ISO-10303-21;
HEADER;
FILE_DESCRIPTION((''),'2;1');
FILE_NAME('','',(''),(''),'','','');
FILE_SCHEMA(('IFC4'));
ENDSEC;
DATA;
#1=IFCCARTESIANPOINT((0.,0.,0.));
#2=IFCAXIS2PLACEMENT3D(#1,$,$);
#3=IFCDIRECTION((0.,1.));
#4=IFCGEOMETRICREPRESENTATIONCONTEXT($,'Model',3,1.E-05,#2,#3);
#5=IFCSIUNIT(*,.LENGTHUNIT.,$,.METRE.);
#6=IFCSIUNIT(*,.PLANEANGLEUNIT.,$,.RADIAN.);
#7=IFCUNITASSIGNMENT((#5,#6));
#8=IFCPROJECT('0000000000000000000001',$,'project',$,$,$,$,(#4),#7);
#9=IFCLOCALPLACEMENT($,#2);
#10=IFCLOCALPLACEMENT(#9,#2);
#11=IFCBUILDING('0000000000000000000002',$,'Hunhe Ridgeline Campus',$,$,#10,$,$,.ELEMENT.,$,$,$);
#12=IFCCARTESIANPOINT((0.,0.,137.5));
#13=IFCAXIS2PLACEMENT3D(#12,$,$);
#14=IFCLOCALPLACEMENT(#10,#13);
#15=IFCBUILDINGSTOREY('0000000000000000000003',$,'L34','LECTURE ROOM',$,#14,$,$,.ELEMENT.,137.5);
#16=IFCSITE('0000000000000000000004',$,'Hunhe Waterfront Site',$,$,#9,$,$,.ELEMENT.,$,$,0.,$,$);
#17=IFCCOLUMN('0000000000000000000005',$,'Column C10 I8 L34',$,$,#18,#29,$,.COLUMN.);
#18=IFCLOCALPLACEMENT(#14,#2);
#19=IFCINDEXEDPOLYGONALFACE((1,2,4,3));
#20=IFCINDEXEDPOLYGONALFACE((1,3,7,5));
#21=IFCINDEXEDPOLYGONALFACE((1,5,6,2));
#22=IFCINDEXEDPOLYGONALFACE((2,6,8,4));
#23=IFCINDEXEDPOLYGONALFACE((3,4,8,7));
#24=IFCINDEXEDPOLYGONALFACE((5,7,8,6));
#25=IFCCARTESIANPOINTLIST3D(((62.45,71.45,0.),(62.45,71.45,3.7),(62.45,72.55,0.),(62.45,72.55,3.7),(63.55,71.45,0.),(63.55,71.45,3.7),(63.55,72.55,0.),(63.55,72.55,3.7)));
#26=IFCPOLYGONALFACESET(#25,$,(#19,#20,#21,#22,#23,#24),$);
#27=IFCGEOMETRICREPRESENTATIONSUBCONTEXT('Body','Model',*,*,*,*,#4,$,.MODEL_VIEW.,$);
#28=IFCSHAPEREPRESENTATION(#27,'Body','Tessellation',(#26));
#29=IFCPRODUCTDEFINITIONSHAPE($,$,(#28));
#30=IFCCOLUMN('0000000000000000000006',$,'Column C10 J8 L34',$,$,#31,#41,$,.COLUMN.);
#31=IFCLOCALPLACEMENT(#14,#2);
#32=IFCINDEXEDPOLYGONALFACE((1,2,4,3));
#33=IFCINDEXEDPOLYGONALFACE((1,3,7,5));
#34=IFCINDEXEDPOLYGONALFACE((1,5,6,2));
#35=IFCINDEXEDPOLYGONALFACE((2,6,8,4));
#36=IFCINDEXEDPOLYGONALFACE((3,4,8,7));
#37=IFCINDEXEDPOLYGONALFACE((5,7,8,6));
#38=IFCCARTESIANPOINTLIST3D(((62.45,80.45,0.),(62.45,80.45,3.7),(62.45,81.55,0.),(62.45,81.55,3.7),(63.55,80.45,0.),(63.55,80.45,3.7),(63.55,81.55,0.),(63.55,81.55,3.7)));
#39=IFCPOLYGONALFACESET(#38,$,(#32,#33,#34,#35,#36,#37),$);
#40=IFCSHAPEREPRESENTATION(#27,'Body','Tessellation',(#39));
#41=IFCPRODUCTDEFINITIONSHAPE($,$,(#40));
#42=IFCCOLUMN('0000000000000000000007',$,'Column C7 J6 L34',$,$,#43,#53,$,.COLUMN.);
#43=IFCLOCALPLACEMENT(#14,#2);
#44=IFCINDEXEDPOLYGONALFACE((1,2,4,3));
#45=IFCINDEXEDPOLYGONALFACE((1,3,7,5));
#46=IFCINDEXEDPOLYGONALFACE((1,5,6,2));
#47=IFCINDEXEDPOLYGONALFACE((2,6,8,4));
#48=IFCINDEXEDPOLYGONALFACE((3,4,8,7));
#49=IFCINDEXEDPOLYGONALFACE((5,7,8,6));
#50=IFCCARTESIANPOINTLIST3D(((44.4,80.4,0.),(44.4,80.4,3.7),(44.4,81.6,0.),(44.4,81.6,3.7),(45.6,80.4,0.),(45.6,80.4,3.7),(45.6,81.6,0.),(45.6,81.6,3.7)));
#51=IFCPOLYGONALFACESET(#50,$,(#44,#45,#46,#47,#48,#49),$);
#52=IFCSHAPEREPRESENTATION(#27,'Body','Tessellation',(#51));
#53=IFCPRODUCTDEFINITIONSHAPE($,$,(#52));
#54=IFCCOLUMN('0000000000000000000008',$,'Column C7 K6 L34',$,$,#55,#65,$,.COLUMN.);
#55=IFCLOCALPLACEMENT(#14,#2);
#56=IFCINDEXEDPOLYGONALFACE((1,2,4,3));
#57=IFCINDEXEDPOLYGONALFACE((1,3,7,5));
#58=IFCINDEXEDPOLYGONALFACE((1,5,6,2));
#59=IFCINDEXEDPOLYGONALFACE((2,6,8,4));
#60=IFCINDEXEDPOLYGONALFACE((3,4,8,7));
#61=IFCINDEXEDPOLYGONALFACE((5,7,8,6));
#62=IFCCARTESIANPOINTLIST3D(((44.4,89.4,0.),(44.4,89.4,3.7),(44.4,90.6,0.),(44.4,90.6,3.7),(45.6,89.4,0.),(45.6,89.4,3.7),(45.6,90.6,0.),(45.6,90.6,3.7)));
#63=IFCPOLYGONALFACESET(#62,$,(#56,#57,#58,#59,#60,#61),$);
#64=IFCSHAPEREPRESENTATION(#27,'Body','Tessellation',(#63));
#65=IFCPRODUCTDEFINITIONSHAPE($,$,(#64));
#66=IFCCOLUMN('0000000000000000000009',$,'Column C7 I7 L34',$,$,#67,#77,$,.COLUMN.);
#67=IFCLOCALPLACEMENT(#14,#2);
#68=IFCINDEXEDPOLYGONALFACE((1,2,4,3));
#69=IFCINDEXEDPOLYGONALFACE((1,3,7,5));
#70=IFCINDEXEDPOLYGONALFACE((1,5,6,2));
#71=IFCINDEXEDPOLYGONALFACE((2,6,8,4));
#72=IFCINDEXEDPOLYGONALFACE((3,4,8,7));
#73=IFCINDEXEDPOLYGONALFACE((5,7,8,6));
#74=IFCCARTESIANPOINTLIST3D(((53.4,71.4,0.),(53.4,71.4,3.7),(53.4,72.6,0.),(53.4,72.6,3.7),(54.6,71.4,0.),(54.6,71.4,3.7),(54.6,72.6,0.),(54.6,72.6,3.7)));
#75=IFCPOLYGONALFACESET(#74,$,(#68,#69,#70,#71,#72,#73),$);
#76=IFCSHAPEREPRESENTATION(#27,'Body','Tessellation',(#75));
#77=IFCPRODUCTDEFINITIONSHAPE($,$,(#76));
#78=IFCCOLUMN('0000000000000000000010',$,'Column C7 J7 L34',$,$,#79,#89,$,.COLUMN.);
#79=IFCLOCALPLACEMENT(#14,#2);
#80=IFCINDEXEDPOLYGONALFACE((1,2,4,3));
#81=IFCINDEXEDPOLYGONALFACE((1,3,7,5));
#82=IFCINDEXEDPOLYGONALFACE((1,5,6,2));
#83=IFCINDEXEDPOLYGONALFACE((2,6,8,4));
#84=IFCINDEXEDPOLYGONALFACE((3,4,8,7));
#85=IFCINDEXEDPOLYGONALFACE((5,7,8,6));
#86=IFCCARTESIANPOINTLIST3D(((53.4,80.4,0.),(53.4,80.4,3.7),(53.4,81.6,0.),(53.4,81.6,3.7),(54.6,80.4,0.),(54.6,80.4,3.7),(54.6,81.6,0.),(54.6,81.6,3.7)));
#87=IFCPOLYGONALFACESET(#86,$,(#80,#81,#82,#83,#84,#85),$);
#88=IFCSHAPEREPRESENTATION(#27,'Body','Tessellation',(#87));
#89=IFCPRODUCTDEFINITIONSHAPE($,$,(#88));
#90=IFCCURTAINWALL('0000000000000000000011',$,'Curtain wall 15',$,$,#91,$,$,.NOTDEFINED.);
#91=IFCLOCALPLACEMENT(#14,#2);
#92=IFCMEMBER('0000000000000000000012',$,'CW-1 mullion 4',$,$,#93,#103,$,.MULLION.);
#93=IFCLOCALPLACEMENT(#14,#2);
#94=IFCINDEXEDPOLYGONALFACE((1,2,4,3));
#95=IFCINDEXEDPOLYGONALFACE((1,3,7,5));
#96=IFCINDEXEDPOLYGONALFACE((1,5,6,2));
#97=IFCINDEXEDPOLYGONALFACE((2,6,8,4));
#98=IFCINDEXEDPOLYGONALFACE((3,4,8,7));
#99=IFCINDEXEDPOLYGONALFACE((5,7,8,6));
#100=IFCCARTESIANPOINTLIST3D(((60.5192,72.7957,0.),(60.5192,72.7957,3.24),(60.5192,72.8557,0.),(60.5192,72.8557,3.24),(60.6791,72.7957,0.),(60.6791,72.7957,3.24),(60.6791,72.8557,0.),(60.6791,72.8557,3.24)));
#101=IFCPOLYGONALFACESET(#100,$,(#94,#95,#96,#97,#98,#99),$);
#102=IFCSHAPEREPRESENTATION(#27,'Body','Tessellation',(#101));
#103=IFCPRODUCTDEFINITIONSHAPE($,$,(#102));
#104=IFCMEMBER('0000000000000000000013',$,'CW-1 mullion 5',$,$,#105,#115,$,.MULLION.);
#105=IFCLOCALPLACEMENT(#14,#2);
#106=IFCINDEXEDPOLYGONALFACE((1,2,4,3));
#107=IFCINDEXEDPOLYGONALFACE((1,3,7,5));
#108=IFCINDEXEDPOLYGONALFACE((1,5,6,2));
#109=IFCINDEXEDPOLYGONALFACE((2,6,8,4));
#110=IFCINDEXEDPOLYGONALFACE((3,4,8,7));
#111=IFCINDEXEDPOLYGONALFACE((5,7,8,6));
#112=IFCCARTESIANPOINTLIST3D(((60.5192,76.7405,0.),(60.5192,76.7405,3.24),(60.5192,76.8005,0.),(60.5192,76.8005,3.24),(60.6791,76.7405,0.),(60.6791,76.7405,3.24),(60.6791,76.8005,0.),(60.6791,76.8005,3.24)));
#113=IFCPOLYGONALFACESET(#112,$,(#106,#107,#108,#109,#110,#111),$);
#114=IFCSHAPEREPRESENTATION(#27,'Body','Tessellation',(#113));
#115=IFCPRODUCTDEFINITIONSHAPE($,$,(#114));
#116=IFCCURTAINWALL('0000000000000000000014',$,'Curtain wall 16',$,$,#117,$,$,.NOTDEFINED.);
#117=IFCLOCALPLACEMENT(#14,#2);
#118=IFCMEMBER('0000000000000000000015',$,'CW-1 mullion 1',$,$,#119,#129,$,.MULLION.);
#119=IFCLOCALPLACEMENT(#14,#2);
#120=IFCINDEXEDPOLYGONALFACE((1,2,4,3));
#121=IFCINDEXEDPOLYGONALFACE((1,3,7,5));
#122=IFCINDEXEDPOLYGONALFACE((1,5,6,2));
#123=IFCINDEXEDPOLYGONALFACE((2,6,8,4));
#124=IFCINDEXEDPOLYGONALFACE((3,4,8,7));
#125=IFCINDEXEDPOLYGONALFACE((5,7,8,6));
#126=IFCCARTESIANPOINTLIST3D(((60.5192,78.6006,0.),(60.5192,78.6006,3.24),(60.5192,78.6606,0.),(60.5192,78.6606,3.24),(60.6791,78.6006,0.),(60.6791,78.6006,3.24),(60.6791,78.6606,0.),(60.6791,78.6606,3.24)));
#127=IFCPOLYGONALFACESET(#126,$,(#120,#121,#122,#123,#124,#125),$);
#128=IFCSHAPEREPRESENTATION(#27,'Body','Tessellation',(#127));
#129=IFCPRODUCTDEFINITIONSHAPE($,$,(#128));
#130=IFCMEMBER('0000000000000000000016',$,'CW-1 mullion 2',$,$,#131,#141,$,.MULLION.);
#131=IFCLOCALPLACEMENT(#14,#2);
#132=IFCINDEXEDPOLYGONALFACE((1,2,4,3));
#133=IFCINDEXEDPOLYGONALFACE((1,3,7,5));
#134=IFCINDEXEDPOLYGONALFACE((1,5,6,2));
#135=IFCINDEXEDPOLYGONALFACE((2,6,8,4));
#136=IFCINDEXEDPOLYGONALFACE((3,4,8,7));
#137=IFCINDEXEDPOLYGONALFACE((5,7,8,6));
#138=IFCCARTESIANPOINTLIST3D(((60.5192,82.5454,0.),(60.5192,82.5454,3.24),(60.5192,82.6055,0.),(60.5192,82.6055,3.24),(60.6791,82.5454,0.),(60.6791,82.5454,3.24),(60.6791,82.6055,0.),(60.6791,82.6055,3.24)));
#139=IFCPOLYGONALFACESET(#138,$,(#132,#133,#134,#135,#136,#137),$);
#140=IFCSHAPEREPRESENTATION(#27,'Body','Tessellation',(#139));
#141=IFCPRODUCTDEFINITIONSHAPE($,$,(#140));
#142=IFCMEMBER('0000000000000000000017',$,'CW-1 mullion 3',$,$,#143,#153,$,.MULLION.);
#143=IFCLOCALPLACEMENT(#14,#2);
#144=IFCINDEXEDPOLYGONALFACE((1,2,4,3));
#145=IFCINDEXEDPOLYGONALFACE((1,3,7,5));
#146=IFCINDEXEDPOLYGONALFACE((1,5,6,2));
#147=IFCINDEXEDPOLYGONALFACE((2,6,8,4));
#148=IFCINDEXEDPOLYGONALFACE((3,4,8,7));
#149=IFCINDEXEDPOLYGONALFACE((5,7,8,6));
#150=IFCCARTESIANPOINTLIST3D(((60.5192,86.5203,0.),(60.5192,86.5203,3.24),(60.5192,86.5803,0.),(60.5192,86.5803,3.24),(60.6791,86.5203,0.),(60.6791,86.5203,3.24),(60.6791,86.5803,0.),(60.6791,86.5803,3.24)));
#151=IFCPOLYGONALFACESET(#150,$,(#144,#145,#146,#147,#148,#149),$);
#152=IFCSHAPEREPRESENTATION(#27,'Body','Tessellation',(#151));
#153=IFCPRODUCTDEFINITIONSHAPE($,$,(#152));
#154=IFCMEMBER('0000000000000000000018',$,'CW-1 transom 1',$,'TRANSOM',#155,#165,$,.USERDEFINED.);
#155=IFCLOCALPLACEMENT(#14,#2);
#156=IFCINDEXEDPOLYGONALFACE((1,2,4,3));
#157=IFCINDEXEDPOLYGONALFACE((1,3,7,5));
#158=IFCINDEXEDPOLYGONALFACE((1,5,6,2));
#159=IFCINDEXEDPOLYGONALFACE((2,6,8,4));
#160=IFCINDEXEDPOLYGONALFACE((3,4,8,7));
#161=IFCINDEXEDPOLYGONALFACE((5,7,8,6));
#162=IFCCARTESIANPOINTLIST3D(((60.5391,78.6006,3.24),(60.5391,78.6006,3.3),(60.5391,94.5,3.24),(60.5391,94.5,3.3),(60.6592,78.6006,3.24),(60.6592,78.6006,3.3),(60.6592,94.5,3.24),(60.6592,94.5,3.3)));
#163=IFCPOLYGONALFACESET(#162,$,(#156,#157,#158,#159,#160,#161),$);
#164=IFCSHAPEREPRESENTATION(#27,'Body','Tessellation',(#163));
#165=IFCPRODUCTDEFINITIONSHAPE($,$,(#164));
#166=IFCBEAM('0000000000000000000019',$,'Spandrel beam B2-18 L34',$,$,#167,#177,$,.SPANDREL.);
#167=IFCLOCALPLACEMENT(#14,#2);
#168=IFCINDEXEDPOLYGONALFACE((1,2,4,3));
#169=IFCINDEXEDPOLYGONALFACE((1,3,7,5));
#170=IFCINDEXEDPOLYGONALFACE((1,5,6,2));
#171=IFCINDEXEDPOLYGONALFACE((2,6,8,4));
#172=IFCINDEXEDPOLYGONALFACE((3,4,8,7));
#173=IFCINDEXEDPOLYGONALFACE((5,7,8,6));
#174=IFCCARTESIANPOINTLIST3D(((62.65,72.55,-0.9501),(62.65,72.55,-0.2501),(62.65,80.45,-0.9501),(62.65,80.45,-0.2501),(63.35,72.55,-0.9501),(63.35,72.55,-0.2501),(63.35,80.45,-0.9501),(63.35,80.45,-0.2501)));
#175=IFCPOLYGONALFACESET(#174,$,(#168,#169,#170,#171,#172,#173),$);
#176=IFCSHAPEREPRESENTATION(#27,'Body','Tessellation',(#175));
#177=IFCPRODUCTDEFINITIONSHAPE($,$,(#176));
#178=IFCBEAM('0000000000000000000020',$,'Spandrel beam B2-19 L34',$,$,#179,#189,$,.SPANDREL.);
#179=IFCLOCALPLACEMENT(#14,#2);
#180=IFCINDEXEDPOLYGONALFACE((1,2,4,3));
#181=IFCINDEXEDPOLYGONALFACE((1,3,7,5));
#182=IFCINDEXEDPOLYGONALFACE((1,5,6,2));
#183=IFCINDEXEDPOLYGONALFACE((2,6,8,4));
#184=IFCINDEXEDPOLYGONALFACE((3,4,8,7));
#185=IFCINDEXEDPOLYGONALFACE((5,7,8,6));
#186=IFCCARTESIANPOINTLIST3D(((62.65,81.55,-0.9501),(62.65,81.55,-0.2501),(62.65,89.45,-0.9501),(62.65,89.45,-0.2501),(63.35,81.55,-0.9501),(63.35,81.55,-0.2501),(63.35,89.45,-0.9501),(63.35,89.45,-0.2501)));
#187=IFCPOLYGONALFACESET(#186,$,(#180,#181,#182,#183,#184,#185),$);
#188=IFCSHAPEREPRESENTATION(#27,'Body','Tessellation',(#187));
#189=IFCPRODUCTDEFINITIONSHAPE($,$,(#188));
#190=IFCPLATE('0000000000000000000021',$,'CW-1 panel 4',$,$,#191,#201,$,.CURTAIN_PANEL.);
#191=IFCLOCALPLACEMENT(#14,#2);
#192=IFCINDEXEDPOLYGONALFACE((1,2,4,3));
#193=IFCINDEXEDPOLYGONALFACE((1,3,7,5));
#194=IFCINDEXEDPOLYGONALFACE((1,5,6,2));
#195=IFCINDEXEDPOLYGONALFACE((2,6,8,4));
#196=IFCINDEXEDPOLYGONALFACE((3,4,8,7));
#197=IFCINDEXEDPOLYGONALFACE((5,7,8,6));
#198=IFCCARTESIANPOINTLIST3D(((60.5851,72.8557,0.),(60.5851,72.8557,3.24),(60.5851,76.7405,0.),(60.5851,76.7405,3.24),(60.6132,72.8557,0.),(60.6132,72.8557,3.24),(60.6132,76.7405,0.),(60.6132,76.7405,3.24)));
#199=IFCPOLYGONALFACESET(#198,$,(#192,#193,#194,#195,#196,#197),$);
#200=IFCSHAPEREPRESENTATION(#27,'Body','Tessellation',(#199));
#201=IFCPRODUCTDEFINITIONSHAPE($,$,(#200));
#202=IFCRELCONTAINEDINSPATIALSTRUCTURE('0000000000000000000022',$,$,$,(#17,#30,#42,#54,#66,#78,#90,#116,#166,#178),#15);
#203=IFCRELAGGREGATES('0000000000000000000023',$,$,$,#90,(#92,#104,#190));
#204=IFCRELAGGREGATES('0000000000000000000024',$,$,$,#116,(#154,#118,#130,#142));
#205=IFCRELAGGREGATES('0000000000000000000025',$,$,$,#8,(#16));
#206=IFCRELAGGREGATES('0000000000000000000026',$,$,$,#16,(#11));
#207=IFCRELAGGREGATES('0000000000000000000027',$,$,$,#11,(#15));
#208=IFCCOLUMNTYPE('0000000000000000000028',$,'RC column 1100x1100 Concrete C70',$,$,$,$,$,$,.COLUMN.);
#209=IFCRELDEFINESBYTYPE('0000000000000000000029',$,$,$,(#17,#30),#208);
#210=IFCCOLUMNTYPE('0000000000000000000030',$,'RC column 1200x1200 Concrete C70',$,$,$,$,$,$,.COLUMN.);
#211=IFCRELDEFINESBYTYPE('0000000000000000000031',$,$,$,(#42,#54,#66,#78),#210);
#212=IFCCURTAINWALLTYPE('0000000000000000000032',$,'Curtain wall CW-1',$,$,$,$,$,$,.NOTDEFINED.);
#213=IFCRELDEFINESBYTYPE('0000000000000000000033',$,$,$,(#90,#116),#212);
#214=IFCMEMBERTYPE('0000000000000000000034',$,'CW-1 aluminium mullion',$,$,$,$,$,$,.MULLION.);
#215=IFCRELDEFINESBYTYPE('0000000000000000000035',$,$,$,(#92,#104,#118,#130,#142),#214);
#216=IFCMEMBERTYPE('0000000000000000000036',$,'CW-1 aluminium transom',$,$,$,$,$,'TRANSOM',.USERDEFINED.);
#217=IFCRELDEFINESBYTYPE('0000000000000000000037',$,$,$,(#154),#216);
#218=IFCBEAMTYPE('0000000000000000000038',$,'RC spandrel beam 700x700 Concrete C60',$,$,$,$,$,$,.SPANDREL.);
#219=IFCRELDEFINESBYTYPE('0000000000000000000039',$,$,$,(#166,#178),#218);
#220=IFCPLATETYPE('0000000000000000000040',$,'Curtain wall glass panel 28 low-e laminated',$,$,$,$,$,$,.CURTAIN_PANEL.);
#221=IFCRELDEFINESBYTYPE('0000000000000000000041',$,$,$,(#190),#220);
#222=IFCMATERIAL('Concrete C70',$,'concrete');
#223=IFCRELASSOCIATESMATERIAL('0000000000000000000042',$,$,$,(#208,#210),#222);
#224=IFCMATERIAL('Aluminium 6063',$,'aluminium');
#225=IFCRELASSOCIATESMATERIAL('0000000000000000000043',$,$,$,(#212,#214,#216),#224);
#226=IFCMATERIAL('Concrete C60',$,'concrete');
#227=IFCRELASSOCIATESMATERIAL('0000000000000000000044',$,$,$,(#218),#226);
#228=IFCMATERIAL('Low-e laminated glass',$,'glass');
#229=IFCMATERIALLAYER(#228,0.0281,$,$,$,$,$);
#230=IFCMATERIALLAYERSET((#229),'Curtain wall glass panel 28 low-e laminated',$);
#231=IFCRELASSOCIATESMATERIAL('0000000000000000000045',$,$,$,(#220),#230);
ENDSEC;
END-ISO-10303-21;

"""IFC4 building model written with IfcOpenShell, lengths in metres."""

from ifc_helpers import new_model, si_unit, direction, frame, origin, origin_2d, place, context, subcontext, project, spatial, rectangle, extrude, material, layer, layer_set, material_profile, profile_set, type_object, element, aggregate, save


model = new_model("IFC4")

# Units and contexts
model_context = context("Model", 3, precision=1e-05, world=origin(), true_north=direction((0.0, 1.0)))
body_context = subcontext(model_context, "Body", "Model", "MODEL_VIEW")
ifc_project = project(units=[si_unit("LENGTHUNIT", "METRE"), si_unit("PLANEANGLEUNIT", "RADIAN")], contexts=[model_context])

# Site, building, storey
site_placement = place(None, origin())
site = spatial("IfcSite", under=ifc_project, at=site_placement, Name="Hunhe Waterfront Site", CompositionType="ELEMENT", RefElevation=0.0)
building_placement = place(site_placement, origin())
building = spatial("IfcBuilding", under=site, at=building_placement, Name="Hunhe Ridgeline Campus", CompositionType="ELEMENT")
storey_placement = place(building_placement, frame((0.0, 0.0, 137.5)))
storey = spatial("IfcBuildingStorey", under=building, at=storey_placement, Name="L34", Description="LECTURE ROOM", CompositionType="ELEMENT", Elevation=137.5)

# Columns
ifc_material_1 = material(Name="Concrete C70", Category="concrete")
ifc_material_profile_1 = material_profile(ifc_material_1, rectangle(XDim=1.1001, YDim=1.1001, at=origin_2d()))
ifc_profile_set_1 = profile_set([ifc_material_profile_1], Name="Concrete C70")
column_type_1 = type_object("IfcColumnType", Name="RC column 1100x1100 Concrete C70", PredefinedType="COLUMN", material=ifc_profile_set_1)
for number, where, z_axis, x_axis, name in (
    (1, (63.0, 72.0, 0.0), (0.0, 0.0, 1.0), (1.0, 0.0, 0.0), "Column C10 I8 L34"),
    (2, (63.0, 81.0, 0.0), (0.0, 0.0, 1.0), (1.0, 0.0, 0.0), "Column C10 J8 L34"),
):
    element("IfcColumn", number, at=place(storey_placement, frame(where, z_axis=z_axis, x_axis=x_axis)), inside=storey, type_object=column_type_1, Name=name, PredefinedType="COLUMN", context=body_context, shape_type="SweptSolid", body=[
        extrude(rectangle(XDim=1.1001, YDim=1.1001, at=origin_2d()), origin(), (0.0, 0.0, 1.0), 3.7),
    ])
ifc_material_profile_2 = material_profile(ifc_material_1, rectangle(XDim=1.2, YDim=1.2, at=origin_2d()))
ifc_profile_set_2 = profile_set([ifc_material_profile_2], Name="Concrete C70")
column_type_2 = type_object("IfcColumnType", Name="RC column 1200x1200 Concrete C70", PredefinedType="COLUMN", material=ifc_profile_set_2)
for number, where, z_axis, x_axis, name in (
    (3, (45.0, 81.0, 0.0), (0.0, 0.0, 1.0), (1.0, 0.0, 0.0), "Column C7 J6 L34"),
    (4, (45.0, 90.0, 0.0), (0.0, 0.0, 1.0), (1.0, 0.0, 0.0), "Column C7 K6 L34"),
    (5, (54.0, 72.0, 0.0), (0.0, 0.0, 1.0), (1.0, 0.0, 0.0), "Column C7 I7 L34"),
    (6, (54.0, 81.0, 0.0), (0.0, 0.0, 1.0), (1.0, 0.0, 0.0), "Column C7 J7 L34"),
):
    element("IfcColumn", number, at=place(storey_placement, frame(where, z_axis=z_axis, x_axis=x_axis)), inside=storey, type_object=column_type_2, Name=name, PredefinedType="COLUMN", context=body_context, shape_type="SweptSolid", body=[
        extrude(rectangle(XDim=1.2, YDim=1.2, at=origin_2d()), origin(), (0.0, 0.0, 1.0), 3.7),
    ])

# Curtain walls, members
ifc_material_2 = material(Name="Aluminium 6063", Category="aluminium")
curtain_wall_type = type_object("IfcCurtainWallType", Name="Curtain wall CW-1", PredefinedType="NOTDEFINED", material=ifc_material_2)
curtain_wall_1_placement = place(storey_placement, origin())
curtain_wall_1 = element("IfcCurtainWall", 7, at=curtain_wall_1_placement, inside=storey, type_object=curtain_wall_type, Name="Curtain wall 15", PredefinedType="NOTDEFINED")
ifc_material_profile_3 = material_profile(ifc_material_2, rectangle(XDim=0.1599, YDim=0.0601, at=origin_2d()))
ifc_profile_set_3 = profile_set([ifc_material_profile_3], Name="Aluminium 6063")
member_type_1 = type_object("IfcMemberType", Name="CW-1 aluminium mullion", PredefinedType="MULLION", material=ifc_profile_set_3)
member_1_placement = place(storey_placement, frame((60.5991, 72.8257, 0.0), z_axis=(0.0, 0.0, 1.0), x_axis=(-1.0, 0.0, 0.0)))
member_1 = element("IfcMember", 8, at=member_1_placement, type_object=member_type_1, Name="CW-1 mullion 4", PredefinedType="MULLION", context=body_context, shape_type="SweptSolid", body=[
    extrude(rectangle(XDim=0.1599, YDim=0.0601, at=origin_2d()), origin(), (0.0, 0.0, 1.0), 3.24),
])
member_2_placement = place(storey_placement, frame((60.5991, 76.7705, 0.0), z_axis=(0.0, 0.0, 1.0), x_axis=(-1.0, 0.0, 0.0)))
member_2 = element("IfcMember", 9, at=member_2_placement, type_object=member_type_1, Name="CW-1 mullion 5", PredefinedType="MULLION", context=body_context, shape_type="SweptSolid", body=[
    extrude(rectangle(XDim=0.1599, YDim=0.0601, at=origin_2d()), origin(), (0.0, 0.0, 1.0), 3.24),
])
curtain_wall_2_placement = place(storey_placement, origin())
curtain_wall_2 = element("IfcCurtainWall", 10, at=curtain_wall_2_placement, inside=storey, type_object=curtain_wall_type, Name="Curtain wall 16", PredefinedType="NOTDEFINED")
member_3_placement = place(storey_placement, frame((60.5991, 78.6306, 0.0), z_axis=(0.0, 0.0, 1.0), x_axis=(-1.0, 0.0, 0.0)))
member_3 = element("IfcMember", 11, at=member_3_placement, type_object=member_type_1, Name="CW-1 mullion 1", PredefinedType="MULLION", context=body_context, shape_type="SweptSolid", body=[
    extrude(rectangle(XDim=0.1599, YDim=0.0601, at=origin_2d()), origin(), (0.0, 0.0, 1.0), 3.24),
])
member_4_placement = place(storey_placement, frame((60.5991, 82.5754, 0.0), z_axis=(0.0, 0.0, 1.0), x_axis=(-1.0, 0.0, 0.0)))
member_4 = element("IfcMember", 12, at=member_4_placement, type_object=member_type_1, Name="CW-1 mullion 2", PredefinedType="MULLION", context=body_context, shape_type="SweptSolid", body=[
    extrude(rectangle(XDim=0.1599, YDim=0.0601, at=origin_2d()), origin(), (0.0, 0.0, 1.0), 3.24),
])
member_5_placement = place(storey_placement, frame((60.5991, 86.5503, 0.0), z_axis=(0.0, 0.0, 1.0), x_axis=(-1.0, 0.0, 0.0)))
member_5 = element("IfcMember", 13, at=member_5_placement, type_object=member_type_1, Name="CW-1 mullion 3", PredefinedType="MULLION", context=body_context, shape_type="SweptSolid", body=[
    extrude(rectangle(XDim=0.1599, YDim=0.0601, at=origin_2d()), origin(), (0.0, 0.0, 1.0), 3.24),
])
ifc_material_profile_4 = material_profile(ifc_material_2, rectangle(XDim=0.1201, YDim=0.0601, at=origin_2d()))
ifc_profile_set_4 = profile_set([ifc_material_profile_4], Name="Aluminium 6063")
member_type_2 = type_object("IfcMemberType", Name="CW-1 aluminium transom", ElementType="TRANSOM", PredefinedType="USERDEFINED", material=ifc_profile_set_4)
member_6_placement = place(storey_placement, frame((60.5991, 78.6006, 3.27), z_axis=(0.0, 1.0, 0.0), x_axis=(-1.0, 0.0, 0.0)))
member_6 = element("IfcMember", 14, at=member_6_placement, type_object=member_type_2, Name="CW-1 transom 1", ObjectType="TRANSOM", PredefinedType="USERDEFINED", context=body_context, shape_type="SweptSolid", body=[
    extrude(rectangle(XDim=0.1201, YDim=0.0601, at=origin_2d()), origin(), (0.0, 0.0, 1.0), 15.8994),
])

# Beams
ifc_material_3 = material(Name="Concrete C60", Category="concrete")
ifc_material_profile_5 = material_profile(ifc_material_3, rectangle(XDim=0.7, YDim=0.7, at=origin_2d()))
ifc_profile_set_5 = profile_set([ifc_material_profile_5], Name="Concrete C60")
beam_type = type_object("IfcBeamType", Name="RC spandrel beam 700x700 Concrete C60", PredefinedType="SPANDREL", material=ifc_profile_set_5)
for number, where, z_axis, x_axis, name in (
    (15, (63.0, 72.55, -0.6001), (0.0, 1.0, 0.0), (-1.0, 0.0, 0.0), "Spandrel beam B2-18 L34"),
    (16, (63.0, 81.55, -0.6001), (0.0, 1.0, 0.0), (-1.0, 0.0, 0.0), "Spandrel beam B2-19 L34"),
):
    element("IfcBeam", number, at=place(storey_placement, frame(where, z_axis=z_axis, x_axis=x_axis)), inside=storey, type_object=beam_type, Name=name, PredefinedType="SPANDREL", context=body_context, shape_type="SweptSolid", body=[
        extrude(rectangle(XDim=0.7, YDim=0.7, at=origin_2d()), origin(), (0.0, 0.0, 1.0), 7.8999),
    ])

# Plate
ifc_material_4 = material(Name="Low-e laminated glass", Category="glass")
ifc_layer_1 = layer(ifc_material_4, 0.0281)
ifc_layer_set_1 = layer_set([ifc_layer_1], Name="Curtain wall glass panel 28 low-e laminated")
plate_type = type_object("IfcPlateType", Name="Curtain wall glass panel 28 low-e laminated", PredefinedType="CURTAIN_PANEL", material=ifc_layer_set_1)
plate_1_placement = place(storey_placement, frame((60.5991, 74.7981, 0.0), z_axis=(0.0, 0.0, 1.0), x_axis=(0.0, 1.0, 0.0)))
plate_1 = element("IfcPlate", 17, at=plate_1_placement, type_object=plate_type, Name="CW-1 panel 4", PredefinedType="CURTAIN_PANEL", context=body_context, shape_type="SweptSolid", body=[
    extrude(rectangle(XDim=3.8848, YDim=0.0281, at=origin_2d()), origin(), (0.0, 0.0, 1.0), 3.24),
])
aggregate(curtain_wall_1, [member_1, member_2, plate_1])
aggregate(curtain_wall_2, [member_6, member_3, member_4, member_5])

save(model, "model.ifc")
